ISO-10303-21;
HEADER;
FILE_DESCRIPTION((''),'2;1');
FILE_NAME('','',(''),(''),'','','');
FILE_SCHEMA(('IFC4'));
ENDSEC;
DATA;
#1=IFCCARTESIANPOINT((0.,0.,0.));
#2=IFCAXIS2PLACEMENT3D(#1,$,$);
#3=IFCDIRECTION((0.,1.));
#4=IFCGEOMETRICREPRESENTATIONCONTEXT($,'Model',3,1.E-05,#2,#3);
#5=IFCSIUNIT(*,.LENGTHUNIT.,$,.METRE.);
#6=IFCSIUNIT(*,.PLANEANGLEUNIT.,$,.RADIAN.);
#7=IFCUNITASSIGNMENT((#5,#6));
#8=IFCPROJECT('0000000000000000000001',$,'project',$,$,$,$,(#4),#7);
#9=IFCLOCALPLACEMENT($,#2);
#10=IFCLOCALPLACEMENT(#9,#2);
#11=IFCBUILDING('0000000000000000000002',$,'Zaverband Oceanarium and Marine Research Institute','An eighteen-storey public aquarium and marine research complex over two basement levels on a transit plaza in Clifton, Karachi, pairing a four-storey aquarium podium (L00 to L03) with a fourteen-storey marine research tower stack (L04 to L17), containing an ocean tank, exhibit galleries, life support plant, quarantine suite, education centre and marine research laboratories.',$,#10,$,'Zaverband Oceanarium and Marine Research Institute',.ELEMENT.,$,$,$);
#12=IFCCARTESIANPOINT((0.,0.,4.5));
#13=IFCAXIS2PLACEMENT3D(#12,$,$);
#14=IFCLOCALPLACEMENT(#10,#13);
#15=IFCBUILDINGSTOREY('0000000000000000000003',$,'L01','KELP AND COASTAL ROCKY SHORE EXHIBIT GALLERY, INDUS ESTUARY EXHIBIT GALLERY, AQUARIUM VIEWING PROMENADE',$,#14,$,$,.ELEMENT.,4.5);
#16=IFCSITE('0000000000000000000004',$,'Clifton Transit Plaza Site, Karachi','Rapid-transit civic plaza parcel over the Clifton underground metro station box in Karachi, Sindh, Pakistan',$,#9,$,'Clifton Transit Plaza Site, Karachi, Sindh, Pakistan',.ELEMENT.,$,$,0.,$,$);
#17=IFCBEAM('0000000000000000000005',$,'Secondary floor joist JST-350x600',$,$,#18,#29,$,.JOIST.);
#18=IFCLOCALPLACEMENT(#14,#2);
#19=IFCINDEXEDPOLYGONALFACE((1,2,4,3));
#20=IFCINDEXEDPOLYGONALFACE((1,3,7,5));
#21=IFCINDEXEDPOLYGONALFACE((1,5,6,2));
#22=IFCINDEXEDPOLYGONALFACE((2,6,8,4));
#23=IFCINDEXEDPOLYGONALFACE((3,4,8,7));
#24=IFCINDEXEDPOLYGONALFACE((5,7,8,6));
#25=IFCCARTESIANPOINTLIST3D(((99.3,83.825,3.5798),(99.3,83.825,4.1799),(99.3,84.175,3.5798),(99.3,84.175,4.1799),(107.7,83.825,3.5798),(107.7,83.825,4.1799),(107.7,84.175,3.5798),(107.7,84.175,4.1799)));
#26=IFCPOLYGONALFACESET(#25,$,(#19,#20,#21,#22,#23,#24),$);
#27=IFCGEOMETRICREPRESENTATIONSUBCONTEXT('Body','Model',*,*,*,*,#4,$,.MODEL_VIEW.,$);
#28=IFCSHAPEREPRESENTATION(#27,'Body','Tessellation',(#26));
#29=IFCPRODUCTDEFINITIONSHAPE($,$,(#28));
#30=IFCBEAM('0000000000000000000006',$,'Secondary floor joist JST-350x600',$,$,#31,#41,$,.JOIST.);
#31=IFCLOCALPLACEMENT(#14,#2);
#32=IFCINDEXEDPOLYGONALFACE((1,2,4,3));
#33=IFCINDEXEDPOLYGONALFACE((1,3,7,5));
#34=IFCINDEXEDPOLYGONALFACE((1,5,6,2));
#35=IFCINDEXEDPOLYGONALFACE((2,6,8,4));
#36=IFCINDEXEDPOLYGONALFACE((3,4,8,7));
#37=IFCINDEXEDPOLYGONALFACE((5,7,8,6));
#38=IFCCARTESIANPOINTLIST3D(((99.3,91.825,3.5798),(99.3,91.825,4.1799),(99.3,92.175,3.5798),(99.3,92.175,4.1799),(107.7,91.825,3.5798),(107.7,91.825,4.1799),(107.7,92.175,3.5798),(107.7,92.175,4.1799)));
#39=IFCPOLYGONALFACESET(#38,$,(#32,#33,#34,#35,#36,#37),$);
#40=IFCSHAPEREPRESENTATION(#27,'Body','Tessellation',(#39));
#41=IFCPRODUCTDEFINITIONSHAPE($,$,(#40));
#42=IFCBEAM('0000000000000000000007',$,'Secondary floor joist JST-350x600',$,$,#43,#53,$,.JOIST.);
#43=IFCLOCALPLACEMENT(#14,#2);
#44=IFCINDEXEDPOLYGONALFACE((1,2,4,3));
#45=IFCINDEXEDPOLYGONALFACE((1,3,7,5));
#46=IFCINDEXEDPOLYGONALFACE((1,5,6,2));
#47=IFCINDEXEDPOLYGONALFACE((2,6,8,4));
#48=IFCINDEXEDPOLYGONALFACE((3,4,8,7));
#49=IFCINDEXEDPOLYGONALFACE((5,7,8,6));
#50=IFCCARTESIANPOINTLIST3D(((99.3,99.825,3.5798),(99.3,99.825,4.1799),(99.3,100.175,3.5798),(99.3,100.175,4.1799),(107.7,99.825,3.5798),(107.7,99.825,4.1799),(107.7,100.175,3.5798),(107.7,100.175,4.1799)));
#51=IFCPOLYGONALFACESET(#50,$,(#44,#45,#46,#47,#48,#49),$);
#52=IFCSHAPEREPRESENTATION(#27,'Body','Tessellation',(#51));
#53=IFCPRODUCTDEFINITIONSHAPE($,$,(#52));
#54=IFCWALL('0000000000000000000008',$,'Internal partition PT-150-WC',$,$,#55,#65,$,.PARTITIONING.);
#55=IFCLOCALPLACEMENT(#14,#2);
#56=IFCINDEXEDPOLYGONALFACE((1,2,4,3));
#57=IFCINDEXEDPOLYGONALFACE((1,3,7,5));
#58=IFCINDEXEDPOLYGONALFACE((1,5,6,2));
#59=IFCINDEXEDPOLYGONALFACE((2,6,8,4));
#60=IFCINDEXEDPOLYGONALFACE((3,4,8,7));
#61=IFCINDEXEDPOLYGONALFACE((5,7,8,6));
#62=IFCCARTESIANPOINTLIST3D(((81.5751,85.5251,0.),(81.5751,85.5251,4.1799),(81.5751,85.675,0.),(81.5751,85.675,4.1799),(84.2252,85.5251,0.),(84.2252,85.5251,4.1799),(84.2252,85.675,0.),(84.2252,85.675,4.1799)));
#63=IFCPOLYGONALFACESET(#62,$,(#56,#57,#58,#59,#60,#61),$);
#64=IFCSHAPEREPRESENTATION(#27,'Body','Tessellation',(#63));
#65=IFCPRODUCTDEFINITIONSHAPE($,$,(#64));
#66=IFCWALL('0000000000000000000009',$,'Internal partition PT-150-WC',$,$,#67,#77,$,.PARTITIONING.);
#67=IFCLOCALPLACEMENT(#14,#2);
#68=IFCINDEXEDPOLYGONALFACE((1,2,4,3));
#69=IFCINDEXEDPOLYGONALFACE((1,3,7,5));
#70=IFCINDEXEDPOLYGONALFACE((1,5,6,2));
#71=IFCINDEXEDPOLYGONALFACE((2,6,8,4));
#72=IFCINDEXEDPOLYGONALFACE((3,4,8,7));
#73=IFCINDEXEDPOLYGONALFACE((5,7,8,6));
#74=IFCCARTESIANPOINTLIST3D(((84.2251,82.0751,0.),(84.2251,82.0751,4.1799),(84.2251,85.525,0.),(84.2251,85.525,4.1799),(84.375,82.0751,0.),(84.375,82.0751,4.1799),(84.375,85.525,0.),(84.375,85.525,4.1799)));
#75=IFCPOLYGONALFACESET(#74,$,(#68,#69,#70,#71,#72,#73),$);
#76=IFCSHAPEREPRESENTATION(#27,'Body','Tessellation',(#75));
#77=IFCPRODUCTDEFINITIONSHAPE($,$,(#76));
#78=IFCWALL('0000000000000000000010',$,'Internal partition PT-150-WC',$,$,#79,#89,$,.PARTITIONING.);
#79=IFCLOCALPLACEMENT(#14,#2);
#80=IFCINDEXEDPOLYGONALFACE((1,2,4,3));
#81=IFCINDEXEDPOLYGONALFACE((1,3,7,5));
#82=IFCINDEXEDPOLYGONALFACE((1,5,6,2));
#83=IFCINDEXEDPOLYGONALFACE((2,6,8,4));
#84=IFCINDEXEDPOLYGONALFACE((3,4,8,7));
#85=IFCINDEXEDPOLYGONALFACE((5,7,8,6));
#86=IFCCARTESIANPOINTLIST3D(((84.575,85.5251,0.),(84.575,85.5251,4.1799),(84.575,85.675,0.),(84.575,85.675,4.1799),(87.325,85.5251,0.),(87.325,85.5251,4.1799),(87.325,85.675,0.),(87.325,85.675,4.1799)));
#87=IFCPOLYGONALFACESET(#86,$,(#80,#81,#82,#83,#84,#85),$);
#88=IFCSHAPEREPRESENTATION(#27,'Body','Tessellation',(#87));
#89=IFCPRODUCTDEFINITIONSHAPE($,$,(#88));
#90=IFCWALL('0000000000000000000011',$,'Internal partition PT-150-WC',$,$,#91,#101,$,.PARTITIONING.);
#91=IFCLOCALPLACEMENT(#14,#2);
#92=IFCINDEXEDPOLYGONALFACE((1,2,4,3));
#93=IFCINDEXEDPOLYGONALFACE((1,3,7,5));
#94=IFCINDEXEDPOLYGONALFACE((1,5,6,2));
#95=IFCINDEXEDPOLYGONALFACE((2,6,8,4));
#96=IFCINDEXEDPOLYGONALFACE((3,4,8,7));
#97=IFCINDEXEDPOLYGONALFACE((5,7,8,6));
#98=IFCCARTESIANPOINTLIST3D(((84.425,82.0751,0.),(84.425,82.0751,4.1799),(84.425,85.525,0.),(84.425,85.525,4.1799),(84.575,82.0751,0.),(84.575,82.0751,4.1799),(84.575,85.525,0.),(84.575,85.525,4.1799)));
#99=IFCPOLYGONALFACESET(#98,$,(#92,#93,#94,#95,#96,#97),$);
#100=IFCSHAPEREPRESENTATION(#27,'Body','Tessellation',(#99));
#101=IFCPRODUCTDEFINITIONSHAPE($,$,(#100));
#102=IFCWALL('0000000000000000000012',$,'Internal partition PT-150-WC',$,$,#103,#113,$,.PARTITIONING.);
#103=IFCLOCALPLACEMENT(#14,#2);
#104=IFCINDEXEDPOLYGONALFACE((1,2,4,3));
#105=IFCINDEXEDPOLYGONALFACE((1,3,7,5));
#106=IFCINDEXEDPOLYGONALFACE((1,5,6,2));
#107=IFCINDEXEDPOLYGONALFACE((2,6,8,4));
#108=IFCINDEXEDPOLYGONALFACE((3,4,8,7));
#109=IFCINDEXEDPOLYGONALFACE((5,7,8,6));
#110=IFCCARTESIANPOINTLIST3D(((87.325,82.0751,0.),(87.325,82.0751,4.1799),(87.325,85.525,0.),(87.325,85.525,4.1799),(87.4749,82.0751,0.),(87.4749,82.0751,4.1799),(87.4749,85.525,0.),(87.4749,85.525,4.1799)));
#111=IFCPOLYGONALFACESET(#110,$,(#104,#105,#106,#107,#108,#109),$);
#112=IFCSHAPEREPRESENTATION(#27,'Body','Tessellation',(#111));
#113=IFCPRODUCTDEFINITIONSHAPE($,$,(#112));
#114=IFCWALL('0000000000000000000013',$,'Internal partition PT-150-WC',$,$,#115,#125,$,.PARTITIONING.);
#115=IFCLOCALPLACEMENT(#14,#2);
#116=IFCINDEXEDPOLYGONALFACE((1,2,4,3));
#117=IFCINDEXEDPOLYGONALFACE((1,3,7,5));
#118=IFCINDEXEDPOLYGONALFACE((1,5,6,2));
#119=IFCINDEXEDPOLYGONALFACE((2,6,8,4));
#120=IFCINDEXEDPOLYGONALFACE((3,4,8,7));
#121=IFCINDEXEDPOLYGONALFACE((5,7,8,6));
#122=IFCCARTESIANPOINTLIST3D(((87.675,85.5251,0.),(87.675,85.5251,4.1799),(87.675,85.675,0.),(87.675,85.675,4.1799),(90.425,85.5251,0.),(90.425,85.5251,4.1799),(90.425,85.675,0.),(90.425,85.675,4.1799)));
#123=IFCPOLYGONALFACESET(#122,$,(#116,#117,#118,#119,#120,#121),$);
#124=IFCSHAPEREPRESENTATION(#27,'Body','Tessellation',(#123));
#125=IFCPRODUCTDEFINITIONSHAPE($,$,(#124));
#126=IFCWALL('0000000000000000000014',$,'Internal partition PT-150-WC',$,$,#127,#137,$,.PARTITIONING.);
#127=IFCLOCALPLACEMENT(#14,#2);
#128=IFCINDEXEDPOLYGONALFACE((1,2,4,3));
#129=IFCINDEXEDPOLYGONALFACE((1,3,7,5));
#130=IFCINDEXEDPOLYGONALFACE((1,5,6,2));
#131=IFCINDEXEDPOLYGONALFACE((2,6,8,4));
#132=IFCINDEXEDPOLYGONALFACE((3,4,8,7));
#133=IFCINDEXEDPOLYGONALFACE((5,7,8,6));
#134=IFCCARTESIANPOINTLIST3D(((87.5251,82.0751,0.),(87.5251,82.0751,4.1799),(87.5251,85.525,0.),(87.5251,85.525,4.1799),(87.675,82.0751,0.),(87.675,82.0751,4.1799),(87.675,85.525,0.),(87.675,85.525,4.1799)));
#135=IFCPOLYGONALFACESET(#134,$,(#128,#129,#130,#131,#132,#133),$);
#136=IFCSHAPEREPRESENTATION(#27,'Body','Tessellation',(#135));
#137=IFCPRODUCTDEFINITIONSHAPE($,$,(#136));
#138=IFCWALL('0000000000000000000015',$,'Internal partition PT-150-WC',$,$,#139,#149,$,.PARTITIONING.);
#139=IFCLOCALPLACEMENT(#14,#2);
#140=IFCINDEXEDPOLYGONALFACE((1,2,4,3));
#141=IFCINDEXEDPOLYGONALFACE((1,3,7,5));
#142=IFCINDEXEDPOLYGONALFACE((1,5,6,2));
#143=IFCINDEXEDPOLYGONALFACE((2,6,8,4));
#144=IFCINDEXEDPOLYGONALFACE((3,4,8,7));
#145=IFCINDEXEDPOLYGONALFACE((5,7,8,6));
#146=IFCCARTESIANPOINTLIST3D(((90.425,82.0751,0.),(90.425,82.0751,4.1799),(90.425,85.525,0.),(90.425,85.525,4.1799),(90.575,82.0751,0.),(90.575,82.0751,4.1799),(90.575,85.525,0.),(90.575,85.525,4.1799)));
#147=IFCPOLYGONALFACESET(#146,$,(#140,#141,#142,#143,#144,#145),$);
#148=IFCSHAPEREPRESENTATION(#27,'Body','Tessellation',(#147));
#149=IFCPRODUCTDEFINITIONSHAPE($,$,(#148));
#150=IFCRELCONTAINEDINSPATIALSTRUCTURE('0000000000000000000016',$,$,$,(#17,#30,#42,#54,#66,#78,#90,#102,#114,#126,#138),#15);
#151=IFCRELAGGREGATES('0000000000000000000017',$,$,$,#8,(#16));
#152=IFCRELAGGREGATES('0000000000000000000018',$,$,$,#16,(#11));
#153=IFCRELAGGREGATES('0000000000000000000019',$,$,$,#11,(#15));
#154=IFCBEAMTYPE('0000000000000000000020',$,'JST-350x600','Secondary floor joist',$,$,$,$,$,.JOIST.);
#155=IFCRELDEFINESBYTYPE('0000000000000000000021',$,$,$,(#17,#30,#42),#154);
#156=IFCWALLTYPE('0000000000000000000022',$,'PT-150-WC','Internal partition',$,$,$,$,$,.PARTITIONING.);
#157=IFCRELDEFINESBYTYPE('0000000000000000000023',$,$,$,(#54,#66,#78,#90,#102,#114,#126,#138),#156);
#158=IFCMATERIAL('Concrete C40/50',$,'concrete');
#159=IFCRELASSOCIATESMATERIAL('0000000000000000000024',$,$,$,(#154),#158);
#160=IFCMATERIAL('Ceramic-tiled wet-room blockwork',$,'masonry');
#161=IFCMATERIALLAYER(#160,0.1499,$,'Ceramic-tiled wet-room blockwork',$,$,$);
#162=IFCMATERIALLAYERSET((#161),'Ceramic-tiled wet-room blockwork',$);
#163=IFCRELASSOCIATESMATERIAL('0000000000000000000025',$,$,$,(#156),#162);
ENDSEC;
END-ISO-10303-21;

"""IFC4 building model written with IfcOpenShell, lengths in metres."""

from ifc_helpers import new_model, si_unit, direction, frame, frame_2d, origin, origin_2d, place, context, subcontext, project, spatial, rectangle, extrude, material, layer, layer_set, material_profile, profile_set, type_object, element, save


model = new_model("IFC4")

# Units and contexts
model_context = context("Model", 3, precision=1e-05, world=origin(), true_north=direction((0.0, 1.0)))
body_context = subcontext(model_context, "Body", "Model", "MODEL_VIEW")
ifc_project = project(units=[si_unit("LENGTHUNIT", "METRE"), si_unit("PLANEANGLEUNIT", "RADIAN")], contexts=[model_context])

# Site, building, storey
site_placement = place(None, origin())
site = spatial("IfcSite", under=ifc_project, at=site_placement, Name="Clifton Transit Plaza Site, Karachi", Description="Rapid-transit civic plaza parcel over the Clifton underground metro station box in Karachi, Sindh, Pakistan", LongName="Clifton Transit Plaza Site, Karachi, Sindh, Pakistan", CompositionType="ELEMENT", RefElevation=0.0)
building_placement = place(site_placement, origin())
building = spatial("IfcBuilding", under=site, at=building_placement, Name="Zaverband Oceanarium and Marine Research Institute", Description="An eighteen-storey public aquarium and marine research complex over two basement levels on a transit plaza in Clifton, Karachi, pairing a four-storey aquarium podium (L00 to L03) with a fourteen-storey marine research tower stack (L04 to L17), containing an ocean tank, exhibit galleries, life support plant, quarantine suite, education centre and marine research laboratories.", LongName="Zaverband Oceanarium and Marine Research Institute", CompositionType="ELEMENT")
storey_placement = place(building_placement, frame((0.0, 0.0, 4.5)))
storey = spatial("IfcBuildingStorey", under=building, at=storey_placement, Name="L01", Description="KELP AND COASTAL ROCKY SHORE EXHIBIT GALLERY, INDUS ESTUARY EXHIBIT GALLERY, AQUARIUM VIEWING PROMENADE", CompositionType="ELEMENT", Elevation=4.5)

# Beams
ifc_material_1 = material(Name="Concrete C40/50", Category="concrete")
ifc_material_profile_1 = material_profile(ifc_material_1, rectangle(XDim=0.3501, YDim=0.6001, at=origin_2d()), Name="RC350x600")
ifc_profile_set_1 = profile_set([ifc_material_profile_1], Name="Concrete C40/50")
beam_type_1 = type_object("IfcBeamType", Name="JST-350x600", Description="Secondary floor joist", PredefinedType="JOIST", material=ifc_profile_set_1)
for number, where, z_axis, x_axis, name in (
    (1, (99.3, 84.0, 3.8799), (1.0, 0.0, 0.0), (0.0, 1.0, 0.0), "Secondary floor joist JST-350x600"),
    (2, (99.3, 92.0, 3.8799), (1.0, 0.0, 0.0), (0.0, 1.0, 0.0), "Secondary floor joist JST-350x600"),
    (3, (99.3, 100.0, 3.8799), (1.0, 0.0, 0.0), (0.0, 1.0, 0.0), "Secondary floor joist JST-350x600"),
):
    element("IfcBeam", number, at=place(storey_placement, frame(where, z_axis=z_axis, x_axis=x_axis)), inside=storey, type_object=beam_type_1, Name=name, PredefinedType="JOIST", context=body_context, shape_type="SweptSolid", body=[
        extrude(rectangle(XDim=0.3501, YDim=0.6001, at=origin_2d()), origin(), (0.0, 0.0, 1.0), 8.3999),
    ])

# Walls
ifc_material_2 = material(Name="Ceramic-tiled wet-room blockwork", Category="masonry")
ifc_layer = layer(ifc_material_2, 0.1499, Name="Ceramic-tiled wet-room blockwork")
ifc_layer_set = layer_set([ifc_layer], Name="Ceramic-tiled wet-room blockwork")
wall_type = type_object("IfcWallType", Name="PT-150-WC", Description="Internal partition", PredefinedType="PARTITIONING", material=ifc_layer_set)
wall_1_placement = place(storey_placement, frame((81.575, 85.6001, 0.0), z_axis=(0.0, 0.0, 1.0), x_axis=(1.0, 0.0, 0.0)))
element("IfcWall", 4, at=wall_1_placement, inside=storey, type_object=wall_type, Name="Internal partition PT-150-WC", PredefinedType="PARTITIONING", context=body_context, shape_type="SweptSolid", body=[
    extrude(rectangle(XDim=2.6501, YDim=0.1499, at=frame_2d((1.3252, 0.0))), origin(), (0.0, 0.0, 1.0), 4.1799),
])
wall_2_placement = place(storey_placement, frame((84.3, 82.075, 0.0), z_axis=(0.0, 0.0, 1.0), x_axis=(0.0, 1.0, 0.0)))
element("IfcWall", 5, at=wall_2_placement, inside=storey, type_object=wall_type, Name="Internal partition PT-150-WC", PredefinedType="PARTITIONING", context=body_context, shape_type="SweptSolid", body=[
    extrude(rectangle(XDim=3.45, YDim=0.1499, at=frame_2d((1.7251, 0.0))), origin(), (0.0, 0.0, 1.0), 4.1799),
])
wall_3_placement = place(storey_placement, frame((84.575, 85.6001, 0.0), z_axis=(0.0, 0.0, 1.0), x_axis=(1.0, 0.0, 0.0)))
element("IfcWall", 6, at=wall_3_placement, inside=storey, type_object=wall_type, Name="Internal partition PT-150-WC", PredefinedType="PARTITIONING", context=body_context, shape_type="SweptSolid", body=[
    extrude(rectangle(XDim=2.75, YDim=0.1499, at=frame_2d((1.375, 0.0))), origin(), (0.0, 0.0, 1.0), 4.1799),
])
for number, where, z_axis, x_axis, name in (
    (7, (84.5, 82.075, 0.0), (0.0, 0.0, 1.0), (0.0, 1.0, 0.0), "Internal partition PT-150-WC"),
    (8, (87.3999, 82.075, 0.0), (0.0, 0.0, 1.0), (0.0, 1.0, 0.0), "Internal partition PT-150-WC"),
):
    element("IfcWall", number, at=place(storey_placement, frame(where, z_axis=z_axis, x_axis=x_axis)), inside=storey, type_object=wall_type, Name=name, PredefinedType="PARTITIONING", context=body_context, shape_type="SweptSolid", body=[
        extrude(rectangle(XDim=3.45, YDim=0.1499, at=frame_2d((1.7251, 0.0))), origin(), (0.0, 0.0, 1.0), 4.1799),
    ])
wall_4_placement = place(storey_placement, frame((87.675, 85.6001, 0.0), z_axis=(0.0, 0.0, 1.0), x_axis=(1.0, 0.0, 0.0)))
element("IfcWall", 9, at=wall_4_placement, inside=storey, type_object=wall_type, Name="Internal partition PT-150-WC", PredefinedType="PARTITIONING", context=body_context, shape_type="SweptSolid", body=[
    extrude(rectangle(XDim=2.75, YDim=0.1499, at=frame_2d((1.375, 0.0))), origin(), (0.0, 0.0, 1.0), 4.1799),
])
for number, where, z_axis, x_axis, name in (
    (10, (87.6001, 82.075, 0.0), (0.0, 0.0, 1.0), (0.0, 1.0, 0.0), "Internal partition PT-150-WC"),
    (11, (90.5, 82.075, 0.0), (0.0, 0.0, 1.0), (0.0, 1.0, 0.0), "Internal partition PT-150-WC"),
):
    element("IfcWall", number, at=place(storey_placement, frame(where, z_axis=z_axis, x_axis=x_axis)), inside=storey, type_object=wall_type, Name=name, PredefinedType="PARTITIONING", context=body_context, shape_type="SweptSolid", body=[
        extrude(rectangle(XDim=3.45, YDim=0.1499, at=frame_2d((1.7251, 0.0))), origin(), (0.0, 0.0, 1.0), 4.1799),
    ])

save(model, "model.ifc")
